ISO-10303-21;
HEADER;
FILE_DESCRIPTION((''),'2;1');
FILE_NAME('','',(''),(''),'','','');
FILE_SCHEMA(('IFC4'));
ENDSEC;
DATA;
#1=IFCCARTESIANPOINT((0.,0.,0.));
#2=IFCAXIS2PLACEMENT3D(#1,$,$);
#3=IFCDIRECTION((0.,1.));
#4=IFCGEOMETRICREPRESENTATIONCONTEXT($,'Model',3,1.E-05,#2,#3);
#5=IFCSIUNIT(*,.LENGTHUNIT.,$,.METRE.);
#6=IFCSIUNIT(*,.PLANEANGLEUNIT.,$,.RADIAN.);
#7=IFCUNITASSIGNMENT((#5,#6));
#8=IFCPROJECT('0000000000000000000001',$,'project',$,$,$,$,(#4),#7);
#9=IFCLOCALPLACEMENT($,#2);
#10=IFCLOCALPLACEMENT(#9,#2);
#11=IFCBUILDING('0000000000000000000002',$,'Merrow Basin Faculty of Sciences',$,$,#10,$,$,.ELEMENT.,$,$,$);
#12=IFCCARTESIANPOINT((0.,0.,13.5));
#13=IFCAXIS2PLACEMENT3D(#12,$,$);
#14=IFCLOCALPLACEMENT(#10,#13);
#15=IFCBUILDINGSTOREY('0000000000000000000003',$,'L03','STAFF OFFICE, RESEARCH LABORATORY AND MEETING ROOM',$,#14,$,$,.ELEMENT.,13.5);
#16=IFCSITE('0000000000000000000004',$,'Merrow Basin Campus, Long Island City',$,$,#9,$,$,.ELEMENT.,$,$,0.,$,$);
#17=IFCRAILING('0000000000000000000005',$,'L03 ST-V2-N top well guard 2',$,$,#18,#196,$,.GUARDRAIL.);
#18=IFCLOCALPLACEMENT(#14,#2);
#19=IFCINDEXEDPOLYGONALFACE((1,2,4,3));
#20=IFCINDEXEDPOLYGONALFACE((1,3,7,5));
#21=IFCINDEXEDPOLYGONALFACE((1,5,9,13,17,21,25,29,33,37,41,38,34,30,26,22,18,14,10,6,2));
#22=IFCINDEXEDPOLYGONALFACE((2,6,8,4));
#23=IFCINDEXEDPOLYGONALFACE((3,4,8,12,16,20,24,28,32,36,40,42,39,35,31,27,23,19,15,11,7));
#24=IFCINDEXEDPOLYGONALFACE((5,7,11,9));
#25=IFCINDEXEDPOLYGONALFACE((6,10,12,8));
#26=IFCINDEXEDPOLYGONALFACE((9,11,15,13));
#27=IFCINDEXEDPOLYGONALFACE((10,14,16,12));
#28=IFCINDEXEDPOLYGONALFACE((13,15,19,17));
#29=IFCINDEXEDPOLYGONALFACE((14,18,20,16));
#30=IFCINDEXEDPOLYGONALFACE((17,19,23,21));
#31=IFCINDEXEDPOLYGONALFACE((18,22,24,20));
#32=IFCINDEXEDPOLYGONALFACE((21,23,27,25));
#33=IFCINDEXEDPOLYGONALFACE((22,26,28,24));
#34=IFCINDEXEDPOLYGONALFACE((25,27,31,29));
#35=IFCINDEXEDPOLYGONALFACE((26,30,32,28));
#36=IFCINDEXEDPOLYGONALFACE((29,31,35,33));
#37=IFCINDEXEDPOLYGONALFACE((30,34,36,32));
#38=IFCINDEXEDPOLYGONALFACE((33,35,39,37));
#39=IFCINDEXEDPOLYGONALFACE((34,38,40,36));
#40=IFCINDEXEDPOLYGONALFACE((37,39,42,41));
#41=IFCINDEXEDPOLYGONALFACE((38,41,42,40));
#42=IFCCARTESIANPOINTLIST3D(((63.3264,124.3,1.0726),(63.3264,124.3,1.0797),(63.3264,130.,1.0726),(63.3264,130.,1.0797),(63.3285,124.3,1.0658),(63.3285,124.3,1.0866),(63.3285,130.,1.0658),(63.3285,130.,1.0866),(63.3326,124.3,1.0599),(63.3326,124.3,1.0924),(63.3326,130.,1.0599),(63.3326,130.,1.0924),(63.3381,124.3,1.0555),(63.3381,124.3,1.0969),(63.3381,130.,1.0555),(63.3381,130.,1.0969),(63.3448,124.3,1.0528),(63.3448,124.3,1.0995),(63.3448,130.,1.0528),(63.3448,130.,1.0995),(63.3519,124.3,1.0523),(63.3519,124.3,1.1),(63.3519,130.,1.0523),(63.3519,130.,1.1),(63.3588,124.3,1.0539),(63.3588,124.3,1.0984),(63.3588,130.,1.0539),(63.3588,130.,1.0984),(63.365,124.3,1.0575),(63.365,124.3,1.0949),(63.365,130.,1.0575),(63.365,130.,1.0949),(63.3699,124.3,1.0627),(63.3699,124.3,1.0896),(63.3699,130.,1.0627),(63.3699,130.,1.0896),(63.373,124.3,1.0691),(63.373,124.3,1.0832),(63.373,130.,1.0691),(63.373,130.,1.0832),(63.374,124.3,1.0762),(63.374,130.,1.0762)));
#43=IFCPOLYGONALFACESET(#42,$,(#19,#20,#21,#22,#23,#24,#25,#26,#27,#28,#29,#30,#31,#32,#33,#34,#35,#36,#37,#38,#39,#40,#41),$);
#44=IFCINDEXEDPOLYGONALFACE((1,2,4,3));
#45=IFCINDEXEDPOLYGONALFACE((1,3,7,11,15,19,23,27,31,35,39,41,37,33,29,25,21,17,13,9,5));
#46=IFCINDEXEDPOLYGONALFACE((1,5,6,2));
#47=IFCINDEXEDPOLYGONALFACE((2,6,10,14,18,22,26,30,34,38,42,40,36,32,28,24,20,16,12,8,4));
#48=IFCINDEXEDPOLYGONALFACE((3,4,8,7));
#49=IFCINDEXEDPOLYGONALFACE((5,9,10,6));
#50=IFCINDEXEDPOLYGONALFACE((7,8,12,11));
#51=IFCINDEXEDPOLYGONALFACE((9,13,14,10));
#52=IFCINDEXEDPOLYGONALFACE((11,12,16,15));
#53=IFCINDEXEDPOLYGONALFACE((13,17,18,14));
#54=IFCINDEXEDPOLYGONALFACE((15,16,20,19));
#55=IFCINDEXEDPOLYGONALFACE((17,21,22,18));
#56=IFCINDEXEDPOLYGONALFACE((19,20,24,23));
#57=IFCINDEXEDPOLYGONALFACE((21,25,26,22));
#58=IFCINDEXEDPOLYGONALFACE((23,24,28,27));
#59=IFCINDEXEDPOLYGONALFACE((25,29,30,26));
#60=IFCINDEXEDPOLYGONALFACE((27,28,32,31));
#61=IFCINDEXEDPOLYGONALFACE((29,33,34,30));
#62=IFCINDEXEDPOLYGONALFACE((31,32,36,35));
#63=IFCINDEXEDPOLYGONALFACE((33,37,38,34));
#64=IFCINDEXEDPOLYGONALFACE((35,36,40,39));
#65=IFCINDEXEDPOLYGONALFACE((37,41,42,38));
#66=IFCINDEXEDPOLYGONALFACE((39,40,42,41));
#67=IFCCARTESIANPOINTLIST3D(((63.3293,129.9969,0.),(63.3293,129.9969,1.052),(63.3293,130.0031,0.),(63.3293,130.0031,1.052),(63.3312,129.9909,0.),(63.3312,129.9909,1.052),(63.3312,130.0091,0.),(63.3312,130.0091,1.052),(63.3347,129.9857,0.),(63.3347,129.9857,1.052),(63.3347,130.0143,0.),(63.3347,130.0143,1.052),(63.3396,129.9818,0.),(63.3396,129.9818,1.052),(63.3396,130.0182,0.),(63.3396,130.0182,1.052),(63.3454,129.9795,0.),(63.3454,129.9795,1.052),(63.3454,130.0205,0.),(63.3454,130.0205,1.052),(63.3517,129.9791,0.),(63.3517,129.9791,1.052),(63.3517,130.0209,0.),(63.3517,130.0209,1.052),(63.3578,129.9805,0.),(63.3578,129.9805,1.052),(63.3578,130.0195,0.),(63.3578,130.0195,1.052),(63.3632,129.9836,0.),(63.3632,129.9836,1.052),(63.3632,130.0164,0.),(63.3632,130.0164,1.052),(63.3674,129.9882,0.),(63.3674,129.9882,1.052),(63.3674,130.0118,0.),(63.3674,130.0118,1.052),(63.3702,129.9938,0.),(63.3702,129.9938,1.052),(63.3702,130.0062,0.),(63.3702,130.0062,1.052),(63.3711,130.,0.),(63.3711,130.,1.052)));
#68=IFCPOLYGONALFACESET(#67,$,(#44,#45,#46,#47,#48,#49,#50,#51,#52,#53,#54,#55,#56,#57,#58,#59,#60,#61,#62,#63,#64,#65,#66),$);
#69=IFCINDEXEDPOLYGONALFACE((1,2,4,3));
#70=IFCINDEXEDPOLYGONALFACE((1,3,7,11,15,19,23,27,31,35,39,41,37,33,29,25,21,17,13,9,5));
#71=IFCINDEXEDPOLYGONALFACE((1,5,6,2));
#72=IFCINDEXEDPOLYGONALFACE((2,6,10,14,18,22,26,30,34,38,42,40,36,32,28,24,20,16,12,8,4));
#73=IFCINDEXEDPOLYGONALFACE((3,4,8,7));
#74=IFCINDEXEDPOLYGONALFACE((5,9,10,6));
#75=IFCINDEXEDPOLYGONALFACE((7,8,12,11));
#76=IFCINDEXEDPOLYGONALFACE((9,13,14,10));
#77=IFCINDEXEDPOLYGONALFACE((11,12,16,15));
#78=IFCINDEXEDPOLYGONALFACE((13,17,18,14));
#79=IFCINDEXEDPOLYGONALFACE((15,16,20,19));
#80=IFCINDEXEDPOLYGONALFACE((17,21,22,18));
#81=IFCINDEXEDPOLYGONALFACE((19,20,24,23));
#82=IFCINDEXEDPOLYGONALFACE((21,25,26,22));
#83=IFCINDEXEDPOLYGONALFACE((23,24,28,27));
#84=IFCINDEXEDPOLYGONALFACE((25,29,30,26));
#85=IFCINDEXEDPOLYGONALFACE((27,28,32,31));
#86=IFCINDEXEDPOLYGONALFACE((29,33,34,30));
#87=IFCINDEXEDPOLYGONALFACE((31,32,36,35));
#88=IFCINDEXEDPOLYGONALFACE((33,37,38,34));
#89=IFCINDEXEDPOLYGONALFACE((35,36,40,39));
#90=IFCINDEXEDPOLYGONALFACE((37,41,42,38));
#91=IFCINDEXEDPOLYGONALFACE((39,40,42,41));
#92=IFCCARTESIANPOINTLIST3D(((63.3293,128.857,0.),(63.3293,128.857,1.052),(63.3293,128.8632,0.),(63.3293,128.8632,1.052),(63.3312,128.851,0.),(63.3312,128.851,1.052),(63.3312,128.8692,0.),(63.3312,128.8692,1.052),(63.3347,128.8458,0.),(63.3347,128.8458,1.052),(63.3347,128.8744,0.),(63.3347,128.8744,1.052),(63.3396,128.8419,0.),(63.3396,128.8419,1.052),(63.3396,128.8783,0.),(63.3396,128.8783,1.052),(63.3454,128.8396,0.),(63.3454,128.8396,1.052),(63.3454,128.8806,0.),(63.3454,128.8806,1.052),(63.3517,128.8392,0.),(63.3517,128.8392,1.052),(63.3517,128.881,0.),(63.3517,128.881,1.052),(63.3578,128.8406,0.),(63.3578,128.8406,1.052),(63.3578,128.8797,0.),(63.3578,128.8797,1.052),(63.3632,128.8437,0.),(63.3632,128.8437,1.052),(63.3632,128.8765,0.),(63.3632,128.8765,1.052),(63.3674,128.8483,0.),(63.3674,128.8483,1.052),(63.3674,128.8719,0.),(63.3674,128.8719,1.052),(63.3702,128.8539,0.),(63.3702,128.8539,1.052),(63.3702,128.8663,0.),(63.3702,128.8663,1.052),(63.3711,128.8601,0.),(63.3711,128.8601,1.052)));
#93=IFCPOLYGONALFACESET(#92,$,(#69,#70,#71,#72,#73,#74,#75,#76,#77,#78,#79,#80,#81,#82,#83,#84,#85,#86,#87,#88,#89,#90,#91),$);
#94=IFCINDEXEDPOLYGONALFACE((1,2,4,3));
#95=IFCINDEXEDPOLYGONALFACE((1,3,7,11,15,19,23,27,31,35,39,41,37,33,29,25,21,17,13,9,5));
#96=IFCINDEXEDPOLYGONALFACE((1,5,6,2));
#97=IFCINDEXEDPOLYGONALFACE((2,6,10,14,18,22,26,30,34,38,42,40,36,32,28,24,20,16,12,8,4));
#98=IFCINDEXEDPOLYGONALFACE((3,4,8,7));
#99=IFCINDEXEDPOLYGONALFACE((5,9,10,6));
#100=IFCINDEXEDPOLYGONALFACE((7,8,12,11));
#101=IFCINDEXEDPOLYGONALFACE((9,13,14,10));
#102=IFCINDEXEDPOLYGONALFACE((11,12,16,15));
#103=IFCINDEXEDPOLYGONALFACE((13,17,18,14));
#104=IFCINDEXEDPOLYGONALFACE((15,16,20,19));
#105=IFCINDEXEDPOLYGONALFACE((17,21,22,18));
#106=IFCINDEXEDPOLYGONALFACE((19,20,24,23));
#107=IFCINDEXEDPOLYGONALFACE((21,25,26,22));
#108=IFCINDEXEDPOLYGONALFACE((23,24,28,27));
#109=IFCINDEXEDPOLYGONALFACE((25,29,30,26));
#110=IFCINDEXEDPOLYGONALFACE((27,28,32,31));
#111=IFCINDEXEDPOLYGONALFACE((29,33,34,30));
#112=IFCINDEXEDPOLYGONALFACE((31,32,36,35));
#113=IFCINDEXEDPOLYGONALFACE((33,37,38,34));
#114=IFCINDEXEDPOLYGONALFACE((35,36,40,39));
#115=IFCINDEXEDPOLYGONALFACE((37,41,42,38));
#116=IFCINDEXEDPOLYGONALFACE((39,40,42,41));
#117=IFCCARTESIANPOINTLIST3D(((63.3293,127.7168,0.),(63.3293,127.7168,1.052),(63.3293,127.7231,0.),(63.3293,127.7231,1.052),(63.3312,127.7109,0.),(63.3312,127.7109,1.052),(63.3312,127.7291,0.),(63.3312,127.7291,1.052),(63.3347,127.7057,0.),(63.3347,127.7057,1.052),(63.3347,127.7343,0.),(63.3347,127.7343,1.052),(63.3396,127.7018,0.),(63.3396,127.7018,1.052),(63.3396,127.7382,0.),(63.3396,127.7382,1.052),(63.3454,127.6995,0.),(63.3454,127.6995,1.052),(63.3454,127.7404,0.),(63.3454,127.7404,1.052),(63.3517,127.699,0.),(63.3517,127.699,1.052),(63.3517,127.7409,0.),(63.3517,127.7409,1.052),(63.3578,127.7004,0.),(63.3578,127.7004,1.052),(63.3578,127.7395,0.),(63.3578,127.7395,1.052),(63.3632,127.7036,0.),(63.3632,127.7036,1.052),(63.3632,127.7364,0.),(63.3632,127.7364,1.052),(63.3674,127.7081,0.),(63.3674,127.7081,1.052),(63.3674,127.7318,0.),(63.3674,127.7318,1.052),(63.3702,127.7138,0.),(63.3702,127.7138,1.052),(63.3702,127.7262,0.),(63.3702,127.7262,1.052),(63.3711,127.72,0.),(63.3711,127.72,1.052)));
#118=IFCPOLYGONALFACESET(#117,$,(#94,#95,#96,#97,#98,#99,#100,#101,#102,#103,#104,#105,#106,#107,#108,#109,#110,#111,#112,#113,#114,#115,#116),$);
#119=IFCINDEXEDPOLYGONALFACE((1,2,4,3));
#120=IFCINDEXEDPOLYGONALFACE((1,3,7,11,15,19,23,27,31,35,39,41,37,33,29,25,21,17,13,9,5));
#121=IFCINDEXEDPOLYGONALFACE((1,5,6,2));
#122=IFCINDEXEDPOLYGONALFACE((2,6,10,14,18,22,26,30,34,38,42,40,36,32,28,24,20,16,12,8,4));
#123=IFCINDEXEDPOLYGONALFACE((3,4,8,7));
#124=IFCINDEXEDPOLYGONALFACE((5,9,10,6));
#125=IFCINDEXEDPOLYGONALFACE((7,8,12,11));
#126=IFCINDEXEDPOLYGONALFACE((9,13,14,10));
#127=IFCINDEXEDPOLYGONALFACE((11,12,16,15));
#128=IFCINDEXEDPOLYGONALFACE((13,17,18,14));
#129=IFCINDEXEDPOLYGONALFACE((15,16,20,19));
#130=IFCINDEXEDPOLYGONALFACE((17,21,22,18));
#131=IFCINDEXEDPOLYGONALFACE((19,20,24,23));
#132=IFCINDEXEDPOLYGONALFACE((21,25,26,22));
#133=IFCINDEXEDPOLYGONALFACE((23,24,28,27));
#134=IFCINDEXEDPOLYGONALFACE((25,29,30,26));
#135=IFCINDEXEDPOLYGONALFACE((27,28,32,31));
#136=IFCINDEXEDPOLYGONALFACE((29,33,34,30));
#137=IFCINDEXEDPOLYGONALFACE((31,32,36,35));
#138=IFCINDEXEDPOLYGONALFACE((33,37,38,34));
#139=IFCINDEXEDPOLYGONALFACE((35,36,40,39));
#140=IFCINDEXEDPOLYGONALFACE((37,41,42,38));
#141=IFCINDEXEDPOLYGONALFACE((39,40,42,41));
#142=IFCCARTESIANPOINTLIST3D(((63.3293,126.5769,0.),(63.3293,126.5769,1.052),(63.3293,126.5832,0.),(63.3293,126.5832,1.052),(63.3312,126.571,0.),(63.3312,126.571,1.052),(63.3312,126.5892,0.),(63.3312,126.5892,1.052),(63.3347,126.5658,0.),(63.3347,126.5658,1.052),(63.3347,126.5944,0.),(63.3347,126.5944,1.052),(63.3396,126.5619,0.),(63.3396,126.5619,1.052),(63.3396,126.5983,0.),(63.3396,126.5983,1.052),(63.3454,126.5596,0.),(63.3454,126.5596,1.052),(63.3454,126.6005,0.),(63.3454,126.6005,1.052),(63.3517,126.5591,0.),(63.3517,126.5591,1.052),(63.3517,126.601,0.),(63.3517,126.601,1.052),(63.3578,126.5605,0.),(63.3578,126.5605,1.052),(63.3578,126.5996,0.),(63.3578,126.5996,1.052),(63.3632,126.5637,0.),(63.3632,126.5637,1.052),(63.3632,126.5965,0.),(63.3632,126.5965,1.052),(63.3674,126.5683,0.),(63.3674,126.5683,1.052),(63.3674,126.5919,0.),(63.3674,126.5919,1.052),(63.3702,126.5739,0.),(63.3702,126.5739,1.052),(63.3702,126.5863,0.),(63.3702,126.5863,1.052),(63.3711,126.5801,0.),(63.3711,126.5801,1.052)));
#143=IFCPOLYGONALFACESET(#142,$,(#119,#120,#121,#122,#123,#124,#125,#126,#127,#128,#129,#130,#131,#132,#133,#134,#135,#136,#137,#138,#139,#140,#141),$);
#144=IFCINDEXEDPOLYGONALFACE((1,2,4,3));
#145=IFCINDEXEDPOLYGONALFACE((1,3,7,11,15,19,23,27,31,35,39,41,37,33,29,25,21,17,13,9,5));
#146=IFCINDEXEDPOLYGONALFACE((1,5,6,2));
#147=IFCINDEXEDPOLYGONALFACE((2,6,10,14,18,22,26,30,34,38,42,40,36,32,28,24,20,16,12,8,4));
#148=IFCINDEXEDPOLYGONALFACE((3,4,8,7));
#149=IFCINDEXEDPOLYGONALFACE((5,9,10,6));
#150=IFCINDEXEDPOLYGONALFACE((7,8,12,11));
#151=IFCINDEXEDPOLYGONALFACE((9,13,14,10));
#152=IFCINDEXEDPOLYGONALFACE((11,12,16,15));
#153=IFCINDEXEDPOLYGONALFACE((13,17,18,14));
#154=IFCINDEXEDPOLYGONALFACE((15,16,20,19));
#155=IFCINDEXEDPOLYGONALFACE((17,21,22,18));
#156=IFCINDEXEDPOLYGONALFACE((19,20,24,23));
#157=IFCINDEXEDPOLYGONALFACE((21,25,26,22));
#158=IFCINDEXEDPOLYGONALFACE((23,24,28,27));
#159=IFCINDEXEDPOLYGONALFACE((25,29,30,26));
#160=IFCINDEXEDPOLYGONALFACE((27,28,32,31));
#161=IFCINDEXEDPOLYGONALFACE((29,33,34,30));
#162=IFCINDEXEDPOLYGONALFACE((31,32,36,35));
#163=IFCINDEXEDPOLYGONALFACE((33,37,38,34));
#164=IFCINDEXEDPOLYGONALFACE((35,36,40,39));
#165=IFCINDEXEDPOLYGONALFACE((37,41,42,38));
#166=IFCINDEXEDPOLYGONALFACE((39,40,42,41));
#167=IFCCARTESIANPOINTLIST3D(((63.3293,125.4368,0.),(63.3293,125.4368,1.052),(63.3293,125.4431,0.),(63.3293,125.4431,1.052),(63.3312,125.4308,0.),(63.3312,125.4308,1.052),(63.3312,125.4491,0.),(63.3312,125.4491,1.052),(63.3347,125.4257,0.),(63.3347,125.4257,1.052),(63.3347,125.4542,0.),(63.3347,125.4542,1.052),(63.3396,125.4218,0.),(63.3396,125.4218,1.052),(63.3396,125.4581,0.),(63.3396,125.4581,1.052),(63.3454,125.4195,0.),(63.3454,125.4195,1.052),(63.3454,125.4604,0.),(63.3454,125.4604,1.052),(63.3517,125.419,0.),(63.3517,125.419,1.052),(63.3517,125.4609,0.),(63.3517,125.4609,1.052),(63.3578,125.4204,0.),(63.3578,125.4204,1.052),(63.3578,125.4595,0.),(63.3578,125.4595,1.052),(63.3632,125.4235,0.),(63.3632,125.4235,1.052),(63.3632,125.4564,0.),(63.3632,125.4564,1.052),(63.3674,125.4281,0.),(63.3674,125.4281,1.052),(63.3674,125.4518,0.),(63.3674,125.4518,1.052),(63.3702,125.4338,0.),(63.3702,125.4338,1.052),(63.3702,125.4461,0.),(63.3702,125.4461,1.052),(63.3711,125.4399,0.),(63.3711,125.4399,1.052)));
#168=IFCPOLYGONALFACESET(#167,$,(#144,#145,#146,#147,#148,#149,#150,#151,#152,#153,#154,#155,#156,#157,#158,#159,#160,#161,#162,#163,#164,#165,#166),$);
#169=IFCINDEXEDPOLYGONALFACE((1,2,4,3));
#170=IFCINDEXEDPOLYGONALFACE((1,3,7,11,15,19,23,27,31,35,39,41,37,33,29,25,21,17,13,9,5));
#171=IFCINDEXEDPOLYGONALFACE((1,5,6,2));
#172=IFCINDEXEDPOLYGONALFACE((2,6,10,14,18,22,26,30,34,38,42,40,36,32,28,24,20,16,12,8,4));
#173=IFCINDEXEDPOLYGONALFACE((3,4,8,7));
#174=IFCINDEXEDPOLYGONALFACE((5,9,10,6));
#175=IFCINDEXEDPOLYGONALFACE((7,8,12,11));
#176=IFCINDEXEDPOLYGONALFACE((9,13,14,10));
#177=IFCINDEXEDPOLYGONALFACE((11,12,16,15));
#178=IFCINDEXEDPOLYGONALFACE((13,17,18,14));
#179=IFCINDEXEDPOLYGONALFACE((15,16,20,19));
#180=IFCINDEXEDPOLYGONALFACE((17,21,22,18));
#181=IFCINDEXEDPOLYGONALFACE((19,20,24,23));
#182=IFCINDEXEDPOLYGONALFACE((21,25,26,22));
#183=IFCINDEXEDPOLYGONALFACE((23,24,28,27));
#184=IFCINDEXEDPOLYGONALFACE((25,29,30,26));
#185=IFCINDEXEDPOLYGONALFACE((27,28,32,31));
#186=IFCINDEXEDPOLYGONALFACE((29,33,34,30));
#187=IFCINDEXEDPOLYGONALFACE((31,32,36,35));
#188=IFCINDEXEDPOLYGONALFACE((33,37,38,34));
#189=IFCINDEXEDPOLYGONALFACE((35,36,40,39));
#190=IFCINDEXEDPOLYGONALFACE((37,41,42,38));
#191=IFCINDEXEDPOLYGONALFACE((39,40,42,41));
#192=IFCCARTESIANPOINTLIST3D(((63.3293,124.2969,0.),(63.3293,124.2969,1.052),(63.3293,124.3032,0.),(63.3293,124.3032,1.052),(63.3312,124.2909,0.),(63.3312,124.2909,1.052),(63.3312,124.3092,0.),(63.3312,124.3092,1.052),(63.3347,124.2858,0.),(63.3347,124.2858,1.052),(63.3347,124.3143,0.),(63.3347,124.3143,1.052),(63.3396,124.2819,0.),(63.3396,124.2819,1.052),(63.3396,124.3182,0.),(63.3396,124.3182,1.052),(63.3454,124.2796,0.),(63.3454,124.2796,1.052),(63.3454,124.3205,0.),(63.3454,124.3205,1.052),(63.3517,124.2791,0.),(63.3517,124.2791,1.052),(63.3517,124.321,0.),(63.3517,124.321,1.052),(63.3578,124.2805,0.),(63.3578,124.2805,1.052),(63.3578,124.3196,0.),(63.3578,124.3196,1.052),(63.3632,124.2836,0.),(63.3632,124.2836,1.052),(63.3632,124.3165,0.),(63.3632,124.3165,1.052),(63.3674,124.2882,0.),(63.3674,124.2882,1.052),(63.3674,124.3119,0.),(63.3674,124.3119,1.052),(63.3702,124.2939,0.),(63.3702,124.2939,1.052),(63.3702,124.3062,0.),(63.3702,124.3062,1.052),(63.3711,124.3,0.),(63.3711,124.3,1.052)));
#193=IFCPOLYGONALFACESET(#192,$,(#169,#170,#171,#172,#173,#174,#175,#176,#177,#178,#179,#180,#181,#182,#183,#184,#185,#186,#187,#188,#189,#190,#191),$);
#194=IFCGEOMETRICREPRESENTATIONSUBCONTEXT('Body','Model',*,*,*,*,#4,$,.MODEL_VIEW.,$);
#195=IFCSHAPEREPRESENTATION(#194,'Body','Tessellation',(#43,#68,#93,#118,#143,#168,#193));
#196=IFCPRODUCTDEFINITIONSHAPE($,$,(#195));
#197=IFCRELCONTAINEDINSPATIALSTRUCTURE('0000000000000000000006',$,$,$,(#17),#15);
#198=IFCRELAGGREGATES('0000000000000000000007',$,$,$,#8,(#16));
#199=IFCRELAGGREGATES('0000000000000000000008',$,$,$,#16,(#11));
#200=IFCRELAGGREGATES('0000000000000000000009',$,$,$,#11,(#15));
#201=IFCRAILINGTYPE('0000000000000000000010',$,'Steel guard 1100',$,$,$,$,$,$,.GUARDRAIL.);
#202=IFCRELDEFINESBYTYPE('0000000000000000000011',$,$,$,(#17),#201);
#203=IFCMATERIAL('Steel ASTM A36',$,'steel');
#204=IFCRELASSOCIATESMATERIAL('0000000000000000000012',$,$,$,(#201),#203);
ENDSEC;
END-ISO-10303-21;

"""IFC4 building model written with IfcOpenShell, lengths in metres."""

from ifc_helpers import new_model, si_unit, direction, frame, origin, origin_2d, place, context, subcontext, project, spatial, circle, extrude, material, type_object, element, save


model = new_model("IFC4")

# Units and contexts
model_context = context("Model", 3, precision=1e-05, world=origin(), true_north=direction((0.0, 1.0)))
body_context = subcontext(model_context, "Body", "Model", "MODEL_VIEW")
ifc_project = project(units=[si_unit("LENGTHUNIT", "METRE"), si_unit("PLANEANGLEUNIT", "RADIAN")], contexts=[model_context])

# Site, building, storey
site_placement = place(None, origin())
site = spatial("IfcSite", under=ifc_project, at=site_placement, Name="Merrow Basin Campus, Long Island City", CompositionType="ELEMENT", RefElevation=0.0)
building_placement = place(site_placement, origin())
building = spatial("IfcBuilding", under=site, at=building_placement, Name="Merrow Basin Faculty of Sciences", CompositionType="ELEMENT")
storey_placement = place(building_placement, frame((0.0, 0.0, 13.5)))
storey = spatial("IfcBuildingStorey", under=building, at=storey_placement, Name="L03", Description="STAFF OFFICE, RESEARCH LABORATORY AND MEETING ROOM", CompositionType="ELEMENT", Elevation=13.5)

# Railing
ifc_material_1 = material(Name="Steel ASTM A36", Category="steel")
railing_type_1 = type_object("IfcRailingType", Name="Steel guard 1100", PredefinedType="GUARDRAIL", material=ifc_material_1)
railing_1_placement = place(storey_placement, frame((63.3501, 130.0, 0.0)))
element("IfcRailing", 1, at=railing_1_placement, inside=storey, type_object=railing_type_1, Name="L03 ST-V2-N top well guard 2", PredefinedType="GUARDRAIL", context=body_context, shape_type="SweptSolid", body=[
    extrude(circle(Radius=0.0239, at=origin_2d()), frame((0.0, 0.0, 1.0762), z_axis=(0.0, -1.0, 0.0), x_axis=(1.0, 0.0, 0.0)), (0.0, 0.0, 1.0), 5.7),
    extrude(circle(Radius=0.021, at=origin_2d()), origin(), (0.0, 0.0, 1.0), 1.052),
    extrude(circle(Radius=0.021, at=origin_2d()), frame((0.0, -1.1399, 0.0)), (0.0, 0.0, 1.0), 1.052),
    extrude(circle(Radius=0.021, at=origin_2d()), frame((0.0, -2.28, 0.0)), (0.0, 0.0, 1.0), 1.052),
    extrude(circle(Radius=0.021, at=origin_2d()), frame((0.0, -3.4199, 0.0)), (0.0, 0.0, 1.0), 1.052),
    extrude(circle(Radius=0.021, at=origin_2d()), frame((0.0, -4.5601, 0.0)), (0.0, 0.0, 1.0), 1.052),
    extrude(circle(Radius=0.021, at=origin_2d()), frame((0.0, -5.7, 0.0)), (0.0, 0.0, 1.0), 1.052),
])

save(model, "model.ifc")
